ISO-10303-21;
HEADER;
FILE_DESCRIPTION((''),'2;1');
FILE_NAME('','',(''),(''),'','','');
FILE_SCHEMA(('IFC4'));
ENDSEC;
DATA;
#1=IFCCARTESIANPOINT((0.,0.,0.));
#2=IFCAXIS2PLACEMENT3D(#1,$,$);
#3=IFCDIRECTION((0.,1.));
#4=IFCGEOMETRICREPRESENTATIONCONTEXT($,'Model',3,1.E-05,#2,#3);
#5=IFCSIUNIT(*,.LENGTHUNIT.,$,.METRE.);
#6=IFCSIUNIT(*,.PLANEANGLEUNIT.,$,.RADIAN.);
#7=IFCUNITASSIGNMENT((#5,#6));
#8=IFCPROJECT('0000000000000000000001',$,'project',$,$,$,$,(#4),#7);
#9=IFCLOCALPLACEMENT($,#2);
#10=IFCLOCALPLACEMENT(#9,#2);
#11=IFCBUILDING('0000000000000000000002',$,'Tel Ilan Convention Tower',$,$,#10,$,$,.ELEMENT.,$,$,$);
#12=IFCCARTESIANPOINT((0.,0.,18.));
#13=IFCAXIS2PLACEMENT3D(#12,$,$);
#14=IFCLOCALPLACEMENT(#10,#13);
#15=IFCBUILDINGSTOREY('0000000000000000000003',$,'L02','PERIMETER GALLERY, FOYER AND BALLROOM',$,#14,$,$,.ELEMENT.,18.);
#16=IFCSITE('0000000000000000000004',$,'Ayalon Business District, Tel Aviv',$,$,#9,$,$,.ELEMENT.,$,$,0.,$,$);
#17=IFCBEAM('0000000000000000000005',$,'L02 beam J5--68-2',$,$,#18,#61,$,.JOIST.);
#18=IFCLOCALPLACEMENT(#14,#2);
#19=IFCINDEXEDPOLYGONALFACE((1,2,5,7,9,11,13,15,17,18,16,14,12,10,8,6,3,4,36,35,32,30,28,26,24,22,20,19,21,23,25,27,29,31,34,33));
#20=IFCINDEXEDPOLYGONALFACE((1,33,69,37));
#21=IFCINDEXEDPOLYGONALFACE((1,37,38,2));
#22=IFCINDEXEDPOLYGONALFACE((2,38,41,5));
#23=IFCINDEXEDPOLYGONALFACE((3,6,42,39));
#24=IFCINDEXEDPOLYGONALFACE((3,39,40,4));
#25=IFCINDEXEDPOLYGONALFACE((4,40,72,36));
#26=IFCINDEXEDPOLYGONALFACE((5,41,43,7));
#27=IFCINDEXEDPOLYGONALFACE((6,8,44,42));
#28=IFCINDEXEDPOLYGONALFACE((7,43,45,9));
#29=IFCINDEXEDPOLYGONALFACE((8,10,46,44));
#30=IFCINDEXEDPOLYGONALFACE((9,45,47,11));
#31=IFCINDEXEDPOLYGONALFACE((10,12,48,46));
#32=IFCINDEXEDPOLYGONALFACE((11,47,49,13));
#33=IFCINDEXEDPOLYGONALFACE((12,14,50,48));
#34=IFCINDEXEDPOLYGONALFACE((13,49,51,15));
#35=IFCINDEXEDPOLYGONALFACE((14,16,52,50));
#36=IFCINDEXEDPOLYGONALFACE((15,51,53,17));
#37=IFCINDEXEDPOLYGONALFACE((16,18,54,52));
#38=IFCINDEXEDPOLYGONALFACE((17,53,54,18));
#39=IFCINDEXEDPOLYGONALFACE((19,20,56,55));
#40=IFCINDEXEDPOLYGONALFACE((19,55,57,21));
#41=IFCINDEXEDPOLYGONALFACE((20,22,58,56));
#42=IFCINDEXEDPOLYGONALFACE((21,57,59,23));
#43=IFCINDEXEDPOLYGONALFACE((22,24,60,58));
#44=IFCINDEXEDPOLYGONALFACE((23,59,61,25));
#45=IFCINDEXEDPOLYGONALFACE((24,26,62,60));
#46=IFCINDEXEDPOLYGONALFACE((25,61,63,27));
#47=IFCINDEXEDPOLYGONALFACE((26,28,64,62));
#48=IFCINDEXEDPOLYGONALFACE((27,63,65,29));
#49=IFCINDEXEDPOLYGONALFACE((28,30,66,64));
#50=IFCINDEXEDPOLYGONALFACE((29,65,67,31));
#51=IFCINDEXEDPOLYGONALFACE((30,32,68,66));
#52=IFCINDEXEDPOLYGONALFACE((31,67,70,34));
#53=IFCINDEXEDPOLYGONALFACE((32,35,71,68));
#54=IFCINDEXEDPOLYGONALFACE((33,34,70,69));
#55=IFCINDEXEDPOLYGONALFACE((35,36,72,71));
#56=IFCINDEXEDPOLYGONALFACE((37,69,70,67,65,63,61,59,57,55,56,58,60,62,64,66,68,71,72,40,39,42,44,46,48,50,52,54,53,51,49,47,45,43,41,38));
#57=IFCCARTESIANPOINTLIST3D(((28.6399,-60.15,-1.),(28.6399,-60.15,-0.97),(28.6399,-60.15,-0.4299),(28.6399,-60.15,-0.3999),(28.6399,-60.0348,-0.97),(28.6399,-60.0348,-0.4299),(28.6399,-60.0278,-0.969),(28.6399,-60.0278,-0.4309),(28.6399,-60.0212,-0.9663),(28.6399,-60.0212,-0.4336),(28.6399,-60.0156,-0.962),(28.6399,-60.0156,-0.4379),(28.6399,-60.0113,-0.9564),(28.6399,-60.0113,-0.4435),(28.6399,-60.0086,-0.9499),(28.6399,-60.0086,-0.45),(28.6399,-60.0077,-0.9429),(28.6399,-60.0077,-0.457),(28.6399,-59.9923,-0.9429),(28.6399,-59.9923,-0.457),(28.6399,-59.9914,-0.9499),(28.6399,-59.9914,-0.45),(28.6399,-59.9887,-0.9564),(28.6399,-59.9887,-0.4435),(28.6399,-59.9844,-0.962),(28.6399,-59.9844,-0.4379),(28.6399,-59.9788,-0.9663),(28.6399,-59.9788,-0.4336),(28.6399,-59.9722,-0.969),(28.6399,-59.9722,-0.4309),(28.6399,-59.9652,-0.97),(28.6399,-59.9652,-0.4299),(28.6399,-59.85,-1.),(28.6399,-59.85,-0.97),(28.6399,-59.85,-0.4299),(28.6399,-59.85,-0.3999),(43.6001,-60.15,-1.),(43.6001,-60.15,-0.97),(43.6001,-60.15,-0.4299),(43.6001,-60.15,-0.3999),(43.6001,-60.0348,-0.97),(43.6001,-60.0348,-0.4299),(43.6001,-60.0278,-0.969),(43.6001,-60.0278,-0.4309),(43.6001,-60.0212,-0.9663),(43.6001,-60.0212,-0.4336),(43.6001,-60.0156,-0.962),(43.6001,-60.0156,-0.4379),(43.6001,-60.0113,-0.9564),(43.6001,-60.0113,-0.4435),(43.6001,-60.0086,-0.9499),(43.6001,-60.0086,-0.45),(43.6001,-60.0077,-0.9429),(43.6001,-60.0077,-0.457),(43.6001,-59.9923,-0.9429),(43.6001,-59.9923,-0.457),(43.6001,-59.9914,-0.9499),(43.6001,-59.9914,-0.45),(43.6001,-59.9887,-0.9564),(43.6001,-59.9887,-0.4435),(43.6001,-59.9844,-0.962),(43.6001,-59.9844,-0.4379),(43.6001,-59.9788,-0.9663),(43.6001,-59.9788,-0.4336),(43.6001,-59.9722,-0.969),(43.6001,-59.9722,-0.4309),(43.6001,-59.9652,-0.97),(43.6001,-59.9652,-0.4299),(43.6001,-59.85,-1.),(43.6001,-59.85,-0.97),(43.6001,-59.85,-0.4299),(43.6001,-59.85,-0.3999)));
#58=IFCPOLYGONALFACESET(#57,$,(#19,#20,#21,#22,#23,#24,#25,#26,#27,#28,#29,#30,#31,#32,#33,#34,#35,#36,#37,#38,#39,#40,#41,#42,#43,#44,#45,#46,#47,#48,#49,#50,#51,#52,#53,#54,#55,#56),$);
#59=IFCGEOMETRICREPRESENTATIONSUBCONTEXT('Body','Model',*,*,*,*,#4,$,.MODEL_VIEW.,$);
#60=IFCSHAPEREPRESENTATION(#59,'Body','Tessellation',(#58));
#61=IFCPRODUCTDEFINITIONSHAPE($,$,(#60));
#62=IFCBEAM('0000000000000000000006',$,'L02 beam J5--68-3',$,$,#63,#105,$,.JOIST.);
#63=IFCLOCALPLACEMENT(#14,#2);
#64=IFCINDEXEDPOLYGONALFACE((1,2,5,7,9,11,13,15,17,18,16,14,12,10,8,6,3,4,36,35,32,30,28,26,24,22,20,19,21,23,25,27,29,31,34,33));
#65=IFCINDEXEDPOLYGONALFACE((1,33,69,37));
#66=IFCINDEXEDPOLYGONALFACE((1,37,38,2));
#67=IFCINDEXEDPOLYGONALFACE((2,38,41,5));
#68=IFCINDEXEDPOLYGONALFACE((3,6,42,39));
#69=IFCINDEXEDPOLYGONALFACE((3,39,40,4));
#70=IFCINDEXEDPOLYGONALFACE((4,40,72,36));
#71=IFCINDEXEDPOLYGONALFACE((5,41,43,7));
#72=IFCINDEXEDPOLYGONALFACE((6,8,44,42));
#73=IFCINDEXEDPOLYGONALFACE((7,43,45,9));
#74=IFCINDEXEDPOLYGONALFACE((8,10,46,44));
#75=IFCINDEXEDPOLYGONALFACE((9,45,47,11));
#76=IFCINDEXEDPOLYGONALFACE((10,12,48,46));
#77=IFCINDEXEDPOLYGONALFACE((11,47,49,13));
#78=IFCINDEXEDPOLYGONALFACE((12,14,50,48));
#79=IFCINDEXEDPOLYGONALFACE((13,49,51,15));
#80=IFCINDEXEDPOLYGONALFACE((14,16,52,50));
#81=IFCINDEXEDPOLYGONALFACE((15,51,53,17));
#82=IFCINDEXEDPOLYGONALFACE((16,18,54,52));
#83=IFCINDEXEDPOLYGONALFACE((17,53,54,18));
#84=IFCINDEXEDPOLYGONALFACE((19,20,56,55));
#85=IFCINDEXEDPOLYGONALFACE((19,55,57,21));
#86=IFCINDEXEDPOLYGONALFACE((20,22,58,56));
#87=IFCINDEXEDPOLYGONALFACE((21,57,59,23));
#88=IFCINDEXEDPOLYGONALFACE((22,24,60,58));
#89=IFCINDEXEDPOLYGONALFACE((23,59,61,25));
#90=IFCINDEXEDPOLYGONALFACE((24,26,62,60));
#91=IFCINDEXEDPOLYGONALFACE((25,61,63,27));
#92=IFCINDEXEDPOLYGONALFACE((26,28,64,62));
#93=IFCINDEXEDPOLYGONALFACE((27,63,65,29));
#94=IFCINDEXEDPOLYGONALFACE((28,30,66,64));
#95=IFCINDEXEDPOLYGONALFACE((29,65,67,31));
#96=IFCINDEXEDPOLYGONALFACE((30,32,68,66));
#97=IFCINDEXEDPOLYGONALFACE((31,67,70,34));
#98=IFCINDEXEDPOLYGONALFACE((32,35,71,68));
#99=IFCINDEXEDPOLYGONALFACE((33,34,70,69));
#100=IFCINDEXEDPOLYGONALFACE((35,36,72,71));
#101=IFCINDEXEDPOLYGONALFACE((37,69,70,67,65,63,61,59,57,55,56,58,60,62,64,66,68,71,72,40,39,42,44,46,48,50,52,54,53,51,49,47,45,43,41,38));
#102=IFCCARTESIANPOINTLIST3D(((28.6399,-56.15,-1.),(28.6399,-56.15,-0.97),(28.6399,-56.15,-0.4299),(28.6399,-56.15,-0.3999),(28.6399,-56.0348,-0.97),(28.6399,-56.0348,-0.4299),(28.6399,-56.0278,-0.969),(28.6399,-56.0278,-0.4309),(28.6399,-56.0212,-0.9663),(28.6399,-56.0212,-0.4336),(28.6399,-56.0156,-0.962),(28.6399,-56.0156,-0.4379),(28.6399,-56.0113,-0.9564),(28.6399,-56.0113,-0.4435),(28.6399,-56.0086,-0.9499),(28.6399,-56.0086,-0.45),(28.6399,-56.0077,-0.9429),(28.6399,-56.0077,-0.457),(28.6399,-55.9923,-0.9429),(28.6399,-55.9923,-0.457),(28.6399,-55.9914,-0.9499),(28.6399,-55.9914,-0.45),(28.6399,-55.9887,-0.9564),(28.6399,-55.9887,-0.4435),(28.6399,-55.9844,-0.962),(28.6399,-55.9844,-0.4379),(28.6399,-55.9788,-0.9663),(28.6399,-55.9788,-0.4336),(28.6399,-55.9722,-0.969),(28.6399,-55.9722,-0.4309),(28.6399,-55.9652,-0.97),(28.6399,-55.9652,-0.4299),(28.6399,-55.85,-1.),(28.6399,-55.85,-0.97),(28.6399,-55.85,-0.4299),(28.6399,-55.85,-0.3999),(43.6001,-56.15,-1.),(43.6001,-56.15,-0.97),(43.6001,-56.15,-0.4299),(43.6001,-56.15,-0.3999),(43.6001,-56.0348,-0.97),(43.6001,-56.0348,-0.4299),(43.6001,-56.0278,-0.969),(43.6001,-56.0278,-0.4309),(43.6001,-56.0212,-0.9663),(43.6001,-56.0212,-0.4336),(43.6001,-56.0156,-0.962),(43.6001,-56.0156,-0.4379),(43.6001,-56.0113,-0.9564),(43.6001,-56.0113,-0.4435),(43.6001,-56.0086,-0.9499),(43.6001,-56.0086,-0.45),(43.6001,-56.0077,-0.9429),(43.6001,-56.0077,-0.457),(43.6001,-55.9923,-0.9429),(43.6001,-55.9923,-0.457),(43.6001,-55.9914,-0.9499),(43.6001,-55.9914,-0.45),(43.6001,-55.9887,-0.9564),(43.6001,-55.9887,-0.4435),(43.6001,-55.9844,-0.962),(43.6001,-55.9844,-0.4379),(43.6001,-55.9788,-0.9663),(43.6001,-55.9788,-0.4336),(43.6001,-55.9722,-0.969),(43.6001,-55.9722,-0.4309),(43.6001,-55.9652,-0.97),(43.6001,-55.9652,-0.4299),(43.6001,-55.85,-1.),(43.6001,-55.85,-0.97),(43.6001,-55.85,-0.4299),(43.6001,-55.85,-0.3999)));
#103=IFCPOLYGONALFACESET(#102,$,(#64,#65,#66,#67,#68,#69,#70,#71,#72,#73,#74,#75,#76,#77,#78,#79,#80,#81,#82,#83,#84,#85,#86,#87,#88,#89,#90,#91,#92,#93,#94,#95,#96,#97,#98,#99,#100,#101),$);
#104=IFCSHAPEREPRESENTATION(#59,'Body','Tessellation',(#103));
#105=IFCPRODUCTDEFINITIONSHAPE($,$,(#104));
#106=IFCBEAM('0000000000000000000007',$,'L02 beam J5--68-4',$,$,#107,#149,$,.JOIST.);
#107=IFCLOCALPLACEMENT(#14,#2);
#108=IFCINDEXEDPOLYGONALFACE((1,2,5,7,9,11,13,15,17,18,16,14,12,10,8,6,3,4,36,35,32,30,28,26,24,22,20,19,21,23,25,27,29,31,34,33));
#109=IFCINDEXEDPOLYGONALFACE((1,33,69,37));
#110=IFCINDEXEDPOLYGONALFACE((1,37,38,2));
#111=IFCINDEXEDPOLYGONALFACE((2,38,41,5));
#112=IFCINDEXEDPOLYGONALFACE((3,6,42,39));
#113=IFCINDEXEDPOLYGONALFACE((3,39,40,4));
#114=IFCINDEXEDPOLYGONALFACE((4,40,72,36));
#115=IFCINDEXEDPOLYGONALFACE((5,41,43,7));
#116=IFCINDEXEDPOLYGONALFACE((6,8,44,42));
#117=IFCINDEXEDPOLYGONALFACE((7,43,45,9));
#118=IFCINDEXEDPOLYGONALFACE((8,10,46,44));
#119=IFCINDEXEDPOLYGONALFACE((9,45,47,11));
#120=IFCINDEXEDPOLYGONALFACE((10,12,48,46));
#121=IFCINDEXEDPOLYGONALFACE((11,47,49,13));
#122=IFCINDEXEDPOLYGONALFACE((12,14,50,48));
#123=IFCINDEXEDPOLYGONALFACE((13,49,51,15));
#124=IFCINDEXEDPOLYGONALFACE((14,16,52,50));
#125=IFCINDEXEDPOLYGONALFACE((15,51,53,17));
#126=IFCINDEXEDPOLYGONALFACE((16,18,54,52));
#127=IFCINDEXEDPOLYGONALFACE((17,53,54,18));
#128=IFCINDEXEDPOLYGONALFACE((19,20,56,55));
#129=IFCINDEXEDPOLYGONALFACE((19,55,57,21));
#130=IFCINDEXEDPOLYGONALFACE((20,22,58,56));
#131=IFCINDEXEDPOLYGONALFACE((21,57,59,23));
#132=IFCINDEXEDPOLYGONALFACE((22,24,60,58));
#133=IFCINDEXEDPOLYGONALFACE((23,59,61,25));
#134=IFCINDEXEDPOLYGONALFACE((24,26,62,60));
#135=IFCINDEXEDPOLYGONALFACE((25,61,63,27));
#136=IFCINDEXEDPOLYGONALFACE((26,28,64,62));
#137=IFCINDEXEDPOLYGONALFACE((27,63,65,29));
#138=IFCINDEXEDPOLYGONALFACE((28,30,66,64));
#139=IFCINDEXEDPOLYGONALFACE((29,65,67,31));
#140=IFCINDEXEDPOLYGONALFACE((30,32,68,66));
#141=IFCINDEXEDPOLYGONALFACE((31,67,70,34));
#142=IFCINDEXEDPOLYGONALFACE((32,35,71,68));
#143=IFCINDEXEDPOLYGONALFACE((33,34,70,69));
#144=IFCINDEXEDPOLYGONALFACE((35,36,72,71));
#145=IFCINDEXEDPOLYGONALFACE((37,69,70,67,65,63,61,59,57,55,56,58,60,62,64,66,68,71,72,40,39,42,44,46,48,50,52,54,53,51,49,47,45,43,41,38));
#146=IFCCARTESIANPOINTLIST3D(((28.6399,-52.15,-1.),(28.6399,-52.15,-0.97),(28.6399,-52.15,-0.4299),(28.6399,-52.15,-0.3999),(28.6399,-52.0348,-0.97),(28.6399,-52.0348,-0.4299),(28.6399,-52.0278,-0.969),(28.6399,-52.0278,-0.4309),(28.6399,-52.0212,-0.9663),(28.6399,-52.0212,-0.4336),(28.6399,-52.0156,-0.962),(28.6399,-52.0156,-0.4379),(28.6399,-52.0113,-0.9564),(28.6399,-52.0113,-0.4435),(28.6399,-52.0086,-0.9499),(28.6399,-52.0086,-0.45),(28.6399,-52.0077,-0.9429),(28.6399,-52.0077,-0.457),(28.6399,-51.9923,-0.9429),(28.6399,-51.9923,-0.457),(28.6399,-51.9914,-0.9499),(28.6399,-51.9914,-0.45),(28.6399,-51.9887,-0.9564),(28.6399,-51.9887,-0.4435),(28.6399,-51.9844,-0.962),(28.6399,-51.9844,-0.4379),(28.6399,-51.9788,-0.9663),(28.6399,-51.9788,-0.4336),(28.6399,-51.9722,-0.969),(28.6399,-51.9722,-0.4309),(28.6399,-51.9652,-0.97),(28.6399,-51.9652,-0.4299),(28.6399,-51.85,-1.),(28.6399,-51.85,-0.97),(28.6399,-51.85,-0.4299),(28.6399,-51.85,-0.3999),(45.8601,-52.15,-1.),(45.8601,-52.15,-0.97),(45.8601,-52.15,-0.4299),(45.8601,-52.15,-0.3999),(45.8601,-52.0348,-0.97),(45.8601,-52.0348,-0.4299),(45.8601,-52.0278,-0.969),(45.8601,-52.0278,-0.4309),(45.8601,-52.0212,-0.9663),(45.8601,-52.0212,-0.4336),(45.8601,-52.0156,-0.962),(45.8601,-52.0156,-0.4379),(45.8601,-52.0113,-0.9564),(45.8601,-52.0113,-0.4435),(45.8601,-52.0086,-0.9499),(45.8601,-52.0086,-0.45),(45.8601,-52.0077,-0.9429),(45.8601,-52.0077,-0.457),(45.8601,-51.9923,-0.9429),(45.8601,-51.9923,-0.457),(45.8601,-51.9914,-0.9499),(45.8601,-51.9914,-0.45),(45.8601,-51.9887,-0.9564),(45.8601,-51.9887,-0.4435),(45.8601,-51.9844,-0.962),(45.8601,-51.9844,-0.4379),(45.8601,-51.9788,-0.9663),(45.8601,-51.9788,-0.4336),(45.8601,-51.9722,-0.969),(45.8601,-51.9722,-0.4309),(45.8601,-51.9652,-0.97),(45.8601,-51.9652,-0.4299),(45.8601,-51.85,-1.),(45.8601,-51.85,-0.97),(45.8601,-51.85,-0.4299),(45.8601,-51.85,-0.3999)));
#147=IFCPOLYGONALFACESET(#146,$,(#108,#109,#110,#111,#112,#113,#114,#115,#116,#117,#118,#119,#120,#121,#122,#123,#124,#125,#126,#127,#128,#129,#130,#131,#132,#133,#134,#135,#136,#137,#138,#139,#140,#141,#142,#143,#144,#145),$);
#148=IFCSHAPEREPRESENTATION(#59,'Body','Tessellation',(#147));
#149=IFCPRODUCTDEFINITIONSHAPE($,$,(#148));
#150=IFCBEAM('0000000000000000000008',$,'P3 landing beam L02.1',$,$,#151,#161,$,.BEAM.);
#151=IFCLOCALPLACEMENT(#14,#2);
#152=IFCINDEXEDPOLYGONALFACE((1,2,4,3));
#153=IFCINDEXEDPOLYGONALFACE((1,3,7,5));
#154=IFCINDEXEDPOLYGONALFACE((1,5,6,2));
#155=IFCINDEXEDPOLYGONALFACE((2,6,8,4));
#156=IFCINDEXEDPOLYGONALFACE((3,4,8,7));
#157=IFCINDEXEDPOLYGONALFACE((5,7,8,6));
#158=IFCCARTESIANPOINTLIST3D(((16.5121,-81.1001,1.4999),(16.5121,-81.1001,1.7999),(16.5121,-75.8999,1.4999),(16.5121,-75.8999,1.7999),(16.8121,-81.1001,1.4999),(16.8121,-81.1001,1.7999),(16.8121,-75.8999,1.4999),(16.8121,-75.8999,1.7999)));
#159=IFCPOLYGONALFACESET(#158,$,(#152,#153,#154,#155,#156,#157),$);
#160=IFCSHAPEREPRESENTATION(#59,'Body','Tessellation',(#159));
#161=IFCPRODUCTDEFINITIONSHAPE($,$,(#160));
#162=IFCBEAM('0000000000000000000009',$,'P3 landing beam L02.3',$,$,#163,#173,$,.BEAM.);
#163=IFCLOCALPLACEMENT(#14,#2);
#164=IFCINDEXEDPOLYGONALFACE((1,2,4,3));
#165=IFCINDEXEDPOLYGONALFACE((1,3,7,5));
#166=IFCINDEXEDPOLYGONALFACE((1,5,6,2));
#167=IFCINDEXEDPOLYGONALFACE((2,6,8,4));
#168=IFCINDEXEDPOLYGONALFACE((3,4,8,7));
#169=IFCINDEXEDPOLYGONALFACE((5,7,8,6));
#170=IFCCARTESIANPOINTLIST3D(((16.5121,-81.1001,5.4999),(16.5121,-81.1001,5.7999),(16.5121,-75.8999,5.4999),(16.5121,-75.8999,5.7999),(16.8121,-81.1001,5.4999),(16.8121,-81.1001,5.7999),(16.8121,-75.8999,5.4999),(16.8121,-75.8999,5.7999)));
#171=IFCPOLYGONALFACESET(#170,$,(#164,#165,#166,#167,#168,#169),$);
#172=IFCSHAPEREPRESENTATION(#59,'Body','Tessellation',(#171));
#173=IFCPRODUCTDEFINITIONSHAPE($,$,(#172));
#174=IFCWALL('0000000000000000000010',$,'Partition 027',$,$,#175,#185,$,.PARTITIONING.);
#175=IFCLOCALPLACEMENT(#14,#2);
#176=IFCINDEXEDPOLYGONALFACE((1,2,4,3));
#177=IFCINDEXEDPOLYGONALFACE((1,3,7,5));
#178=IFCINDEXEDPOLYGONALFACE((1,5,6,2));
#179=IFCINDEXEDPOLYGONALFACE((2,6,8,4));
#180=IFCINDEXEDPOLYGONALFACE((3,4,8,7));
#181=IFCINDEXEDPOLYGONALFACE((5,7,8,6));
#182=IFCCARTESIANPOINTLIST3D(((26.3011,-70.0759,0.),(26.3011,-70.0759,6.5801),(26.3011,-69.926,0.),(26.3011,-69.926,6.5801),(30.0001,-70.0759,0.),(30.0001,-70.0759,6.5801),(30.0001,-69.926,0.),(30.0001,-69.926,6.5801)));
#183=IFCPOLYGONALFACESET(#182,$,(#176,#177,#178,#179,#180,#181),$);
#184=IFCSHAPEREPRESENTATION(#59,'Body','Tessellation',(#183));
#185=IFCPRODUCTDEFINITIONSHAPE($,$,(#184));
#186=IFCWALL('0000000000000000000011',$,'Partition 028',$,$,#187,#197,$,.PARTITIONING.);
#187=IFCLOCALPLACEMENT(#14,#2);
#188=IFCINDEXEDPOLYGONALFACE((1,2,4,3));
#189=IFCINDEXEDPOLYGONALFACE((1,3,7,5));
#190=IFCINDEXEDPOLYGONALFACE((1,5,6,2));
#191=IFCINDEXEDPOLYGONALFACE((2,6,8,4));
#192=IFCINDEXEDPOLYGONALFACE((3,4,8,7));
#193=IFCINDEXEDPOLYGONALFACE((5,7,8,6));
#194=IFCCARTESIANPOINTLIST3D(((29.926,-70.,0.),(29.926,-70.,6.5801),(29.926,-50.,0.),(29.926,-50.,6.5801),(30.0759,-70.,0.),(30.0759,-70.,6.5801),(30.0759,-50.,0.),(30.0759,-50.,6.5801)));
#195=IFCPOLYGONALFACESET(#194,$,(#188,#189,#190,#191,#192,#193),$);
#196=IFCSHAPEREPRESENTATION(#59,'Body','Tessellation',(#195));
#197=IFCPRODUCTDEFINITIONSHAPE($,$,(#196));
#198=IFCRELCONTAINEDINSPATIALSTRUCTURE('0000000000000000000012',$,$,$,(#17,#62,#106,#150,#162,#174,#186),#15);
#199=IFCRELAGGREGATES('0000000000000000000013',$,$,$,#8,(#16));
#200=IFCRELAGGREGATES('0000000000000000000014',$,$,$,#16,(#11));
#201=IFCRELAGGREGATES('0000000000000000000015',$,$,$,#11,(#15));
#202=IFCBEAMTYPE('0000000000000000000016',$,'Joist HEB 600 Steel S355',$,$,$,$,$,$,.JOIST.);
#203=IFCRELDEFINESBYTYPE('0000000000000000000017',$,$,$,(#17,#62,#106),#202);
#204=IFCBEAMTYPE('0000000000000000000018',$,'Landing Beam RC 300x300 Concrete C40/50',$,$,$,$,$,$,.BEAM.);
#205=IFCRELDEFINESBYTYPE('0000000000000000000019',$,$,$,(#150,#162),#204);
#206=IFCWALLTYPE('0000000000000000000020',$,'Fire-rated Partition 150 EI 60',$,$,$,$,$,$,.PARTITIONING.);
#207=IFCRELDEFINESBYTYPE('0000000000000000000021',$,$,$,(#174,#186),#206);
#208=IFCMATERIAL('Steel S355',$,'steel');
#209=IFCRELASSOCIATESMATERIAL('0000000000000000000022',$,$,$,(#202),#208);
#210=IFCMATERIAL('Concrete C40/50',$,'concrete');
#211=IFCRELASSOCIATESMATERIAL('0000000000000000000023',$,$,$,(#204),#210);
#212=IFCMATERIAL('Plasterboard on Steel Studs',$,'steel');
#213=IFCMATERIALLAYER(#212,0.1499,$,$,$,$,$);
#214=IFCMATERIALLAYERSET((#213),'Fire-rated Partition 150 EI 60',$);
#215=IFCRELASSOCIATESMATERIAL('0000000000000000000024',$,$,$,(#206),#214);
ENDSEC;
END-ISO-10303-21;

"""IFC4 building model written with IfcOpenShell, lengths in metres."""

from ifc_helpers import new_model, si_unit, direction, frame, frame_2d, origin, origin_2d, place, context, subcontext, project, spatial, rectangle, i_section, extrude, material, layer, layer_set, material_profile, profile_set, type_object, element, save


model = new_model("IFC4")

# Units and contexts
model_context = context("Model", 3, precision=1e-05, world=origin(), true_north=direction((0.0, 1.0)))
body_context = subcontext(model_context, "Body", "Model", "MODEL_VIEW")
ifc_project = project(units=[si_unit("LENGTHUNIT", "METRE"), si_unit("PLANEANGLEUNIT", "RADIAN")], contexts=[model_context])

# Site, building, storey
site_placement = place(None, origin())
site = spatial("IfcSite", under=ifc_project, at=site_placement, Name="Ayalon Business District, Tel Aviv", CompositionType="ELEMENT", RefElevation=0.0)
building_placement = place(site_placement, origin())
building = spatial("IfcBuilding", under=site, at=building_placement, Name="Tel Ilan Convention Tower", CompositionType="ELEMENT")
storey_placement = place(building_placement, frame((0.0, 0.0, 18.0)))
storey = spatial("IfcBuildingStorey", under=building, at=storey_placement, Name="L02", Description="PERIMETER GALLERY, FOYER AND BALLROOM", CompositionType="ELEMENT", Elevation=18.0)

# Beams
ifc_material_1 = material(Name="Steel S355", Category="steel")
ifc_material_profile_1 = material_profile(ifc_material_1, i_section(OverallWidth=0.3, OverallDepth=0.6001, WebThickness=0.0154, FlangeThickness=0.03, FilletRadius=0.0271, at=origin_2d()), Name="HEB 600")
ifc_profile_set_1 = profile_set([ifc_material_profile_1], Name="Steel S355")
beam_type_1 = type_object("IfcBeamType", Name="Joist HEB 600 Steel S355", PredefinedType="JOIST", material=ifc_profile_set_1)
for number, where, z_axis, x_axis, name in (
    (1, (28.6399, -60.0, -0.7), (1.0, 0.0, 0.0), (0.0, 1.0, 0.0), "L02 beam J5--68-2"),
    (2, (28.6399, -56.0, -0.7), (1.0, 0.0, 0.0), (0.0, 1.0, 0.0), "L02 beam J5--68-3"),
):
    element("IfcBeam", number, at=place(storey_placement, frame(where, z_axis=z_axis, x_axis=x_axis)), inside=storey, type_object=beam_type_1, Name=name, PredefinedType="JOIST", context=body_context, shape_type="SweptSolid", body=[
        extrude(i_section(OverallWidth=0.3, OverallDepth=0.6001, WebThickness=0.0154, FlangeThickness=0.03, FilletRadius=0.0271, at=origin_2d()), origin(), (0.0, 0.0, 1.0), 14.9602),
    ])
beam_1_placement = place(storey_placement, frame((28.6399, -52.0, -0.7), z_axis=(1.0, 0.0, 0.0), x_axis=(0.0, 1.0, 0.0)))
element("IfcBeam", 3, at=beam_1_placement, inside=storey, type_object=beam_type_1, Name="L02 beam J5--68-4", PredefinedType="JOIST", context=body_context, shape_type="SweptSolid", body=[
    extrude(i_section(OverallWidth=0.3, OverallDepth=0.6001, WebThickness=0.0154, FlangeThickness=0.03, FilletRadius=0.0271, at=origin_2d()), origin(), (0.0, 0.0, 1.0), 17.2202),
])
ifc_material_2 = material(Name="Concrete C40/50", Category="concrete")
ifc_material_profile_2 = material_profile(ifc_material_2, rectangle(XDim=0.3, YDim=0.3, at=origin_2d()), Name="RC 300x300")
ifc_profile_set_2 = profile_set([ifc_material_profile_2], Name="Concrete C40/50")
beam_type_2 = type_object("IfcBeamType", Name="Landing Beam RC 300x300 Concrete C40/50", PredefinedType="BEAM", material=ifc_profile_set_2)
for number, where, z_axis, x_axis, name in (
    (4, (16.6621, -81.1001, 1.6499), (0.0, 1.0, 0.0), (-1.0, 0.0, 0.0), "P3 landing beam L02.1"),
    (5, (16.6621, -81.1001, 5.6499), (0.0, 1.0, 0.0), (-1.0, 0.0, 0.0), "P3 landing beam L02.3"),
):
    element("IfcBeam", number, at=place(storey_placement, frame(where, z_axis=z_axis, x_axis=x_axis)), inside=storey, type_object=beam_type_2, Name=name, PredefinedType="BEAM", context=body_context, shape_type="SweptSolid", body=[
        extrude(rectangle(XDim=0.3, YDim=0.3, at=origin_2d()), origin(), (0.0, 0.0, 1.0), 5.2002),
    ])

# Walls
ifc_material_3 = material(Name="Plasterboard on Steel Studs", Category="steel")
ifc_layer_1 = layer(ifc_material_3, 0.1499)
ifc_layer_set_1 = layer_set([ifc_layer_1], Name="Fire-rated Partition 150 EI 60")
wall_type_1 = type_object("IfcWallType", Name="Fire-rated Partition 150 EI 60", PredefinedType="PARTITIONING", material=ifc_layer_set_1)
wall_1_placement = place(storey_placement, frame((26.301, -70.001, 0.0), z_axis=(0.0, 0.0, 1.0), x_axis=(1.0, 0.0, 0.0)))
element("IfcWall", 6, at=wall_1_placement, inside=storey, type_object=wall_type_1, Name="Partition 027", PredefinedType="PARTITIONING", context=body_context, shape_type="SweptSolid", body=[
    extrude(rectangle(XDim=3.699, YDim=0.1499, at=frame_2d((1.8496, 0.0))), origin(), (0.0, 0.0, 1.0), 6.5801),
])
wall_2_placement = place(storey_placement, frame((30.001, -70.0, 0.0), z_axis=(0.0, 0.0, 1.0), x_axis=(0.0, 1.0, 0.0)))
element("IfcWall", 7, at=wall_2_placement, inside=storey, type_object=wall_type_1, Name="Partition 028", PredefinedType="PARTITIONING", context=body_context, shape_type="SweptSolid", body=[
    extrude(rectangle(XDim=20.0, YDim=0.1499, at=frame_2d((10.0, 0.0))), origin(), (0.0, 0.0, 1.0), 6.5801),
])

save(model, "model.ifc")
